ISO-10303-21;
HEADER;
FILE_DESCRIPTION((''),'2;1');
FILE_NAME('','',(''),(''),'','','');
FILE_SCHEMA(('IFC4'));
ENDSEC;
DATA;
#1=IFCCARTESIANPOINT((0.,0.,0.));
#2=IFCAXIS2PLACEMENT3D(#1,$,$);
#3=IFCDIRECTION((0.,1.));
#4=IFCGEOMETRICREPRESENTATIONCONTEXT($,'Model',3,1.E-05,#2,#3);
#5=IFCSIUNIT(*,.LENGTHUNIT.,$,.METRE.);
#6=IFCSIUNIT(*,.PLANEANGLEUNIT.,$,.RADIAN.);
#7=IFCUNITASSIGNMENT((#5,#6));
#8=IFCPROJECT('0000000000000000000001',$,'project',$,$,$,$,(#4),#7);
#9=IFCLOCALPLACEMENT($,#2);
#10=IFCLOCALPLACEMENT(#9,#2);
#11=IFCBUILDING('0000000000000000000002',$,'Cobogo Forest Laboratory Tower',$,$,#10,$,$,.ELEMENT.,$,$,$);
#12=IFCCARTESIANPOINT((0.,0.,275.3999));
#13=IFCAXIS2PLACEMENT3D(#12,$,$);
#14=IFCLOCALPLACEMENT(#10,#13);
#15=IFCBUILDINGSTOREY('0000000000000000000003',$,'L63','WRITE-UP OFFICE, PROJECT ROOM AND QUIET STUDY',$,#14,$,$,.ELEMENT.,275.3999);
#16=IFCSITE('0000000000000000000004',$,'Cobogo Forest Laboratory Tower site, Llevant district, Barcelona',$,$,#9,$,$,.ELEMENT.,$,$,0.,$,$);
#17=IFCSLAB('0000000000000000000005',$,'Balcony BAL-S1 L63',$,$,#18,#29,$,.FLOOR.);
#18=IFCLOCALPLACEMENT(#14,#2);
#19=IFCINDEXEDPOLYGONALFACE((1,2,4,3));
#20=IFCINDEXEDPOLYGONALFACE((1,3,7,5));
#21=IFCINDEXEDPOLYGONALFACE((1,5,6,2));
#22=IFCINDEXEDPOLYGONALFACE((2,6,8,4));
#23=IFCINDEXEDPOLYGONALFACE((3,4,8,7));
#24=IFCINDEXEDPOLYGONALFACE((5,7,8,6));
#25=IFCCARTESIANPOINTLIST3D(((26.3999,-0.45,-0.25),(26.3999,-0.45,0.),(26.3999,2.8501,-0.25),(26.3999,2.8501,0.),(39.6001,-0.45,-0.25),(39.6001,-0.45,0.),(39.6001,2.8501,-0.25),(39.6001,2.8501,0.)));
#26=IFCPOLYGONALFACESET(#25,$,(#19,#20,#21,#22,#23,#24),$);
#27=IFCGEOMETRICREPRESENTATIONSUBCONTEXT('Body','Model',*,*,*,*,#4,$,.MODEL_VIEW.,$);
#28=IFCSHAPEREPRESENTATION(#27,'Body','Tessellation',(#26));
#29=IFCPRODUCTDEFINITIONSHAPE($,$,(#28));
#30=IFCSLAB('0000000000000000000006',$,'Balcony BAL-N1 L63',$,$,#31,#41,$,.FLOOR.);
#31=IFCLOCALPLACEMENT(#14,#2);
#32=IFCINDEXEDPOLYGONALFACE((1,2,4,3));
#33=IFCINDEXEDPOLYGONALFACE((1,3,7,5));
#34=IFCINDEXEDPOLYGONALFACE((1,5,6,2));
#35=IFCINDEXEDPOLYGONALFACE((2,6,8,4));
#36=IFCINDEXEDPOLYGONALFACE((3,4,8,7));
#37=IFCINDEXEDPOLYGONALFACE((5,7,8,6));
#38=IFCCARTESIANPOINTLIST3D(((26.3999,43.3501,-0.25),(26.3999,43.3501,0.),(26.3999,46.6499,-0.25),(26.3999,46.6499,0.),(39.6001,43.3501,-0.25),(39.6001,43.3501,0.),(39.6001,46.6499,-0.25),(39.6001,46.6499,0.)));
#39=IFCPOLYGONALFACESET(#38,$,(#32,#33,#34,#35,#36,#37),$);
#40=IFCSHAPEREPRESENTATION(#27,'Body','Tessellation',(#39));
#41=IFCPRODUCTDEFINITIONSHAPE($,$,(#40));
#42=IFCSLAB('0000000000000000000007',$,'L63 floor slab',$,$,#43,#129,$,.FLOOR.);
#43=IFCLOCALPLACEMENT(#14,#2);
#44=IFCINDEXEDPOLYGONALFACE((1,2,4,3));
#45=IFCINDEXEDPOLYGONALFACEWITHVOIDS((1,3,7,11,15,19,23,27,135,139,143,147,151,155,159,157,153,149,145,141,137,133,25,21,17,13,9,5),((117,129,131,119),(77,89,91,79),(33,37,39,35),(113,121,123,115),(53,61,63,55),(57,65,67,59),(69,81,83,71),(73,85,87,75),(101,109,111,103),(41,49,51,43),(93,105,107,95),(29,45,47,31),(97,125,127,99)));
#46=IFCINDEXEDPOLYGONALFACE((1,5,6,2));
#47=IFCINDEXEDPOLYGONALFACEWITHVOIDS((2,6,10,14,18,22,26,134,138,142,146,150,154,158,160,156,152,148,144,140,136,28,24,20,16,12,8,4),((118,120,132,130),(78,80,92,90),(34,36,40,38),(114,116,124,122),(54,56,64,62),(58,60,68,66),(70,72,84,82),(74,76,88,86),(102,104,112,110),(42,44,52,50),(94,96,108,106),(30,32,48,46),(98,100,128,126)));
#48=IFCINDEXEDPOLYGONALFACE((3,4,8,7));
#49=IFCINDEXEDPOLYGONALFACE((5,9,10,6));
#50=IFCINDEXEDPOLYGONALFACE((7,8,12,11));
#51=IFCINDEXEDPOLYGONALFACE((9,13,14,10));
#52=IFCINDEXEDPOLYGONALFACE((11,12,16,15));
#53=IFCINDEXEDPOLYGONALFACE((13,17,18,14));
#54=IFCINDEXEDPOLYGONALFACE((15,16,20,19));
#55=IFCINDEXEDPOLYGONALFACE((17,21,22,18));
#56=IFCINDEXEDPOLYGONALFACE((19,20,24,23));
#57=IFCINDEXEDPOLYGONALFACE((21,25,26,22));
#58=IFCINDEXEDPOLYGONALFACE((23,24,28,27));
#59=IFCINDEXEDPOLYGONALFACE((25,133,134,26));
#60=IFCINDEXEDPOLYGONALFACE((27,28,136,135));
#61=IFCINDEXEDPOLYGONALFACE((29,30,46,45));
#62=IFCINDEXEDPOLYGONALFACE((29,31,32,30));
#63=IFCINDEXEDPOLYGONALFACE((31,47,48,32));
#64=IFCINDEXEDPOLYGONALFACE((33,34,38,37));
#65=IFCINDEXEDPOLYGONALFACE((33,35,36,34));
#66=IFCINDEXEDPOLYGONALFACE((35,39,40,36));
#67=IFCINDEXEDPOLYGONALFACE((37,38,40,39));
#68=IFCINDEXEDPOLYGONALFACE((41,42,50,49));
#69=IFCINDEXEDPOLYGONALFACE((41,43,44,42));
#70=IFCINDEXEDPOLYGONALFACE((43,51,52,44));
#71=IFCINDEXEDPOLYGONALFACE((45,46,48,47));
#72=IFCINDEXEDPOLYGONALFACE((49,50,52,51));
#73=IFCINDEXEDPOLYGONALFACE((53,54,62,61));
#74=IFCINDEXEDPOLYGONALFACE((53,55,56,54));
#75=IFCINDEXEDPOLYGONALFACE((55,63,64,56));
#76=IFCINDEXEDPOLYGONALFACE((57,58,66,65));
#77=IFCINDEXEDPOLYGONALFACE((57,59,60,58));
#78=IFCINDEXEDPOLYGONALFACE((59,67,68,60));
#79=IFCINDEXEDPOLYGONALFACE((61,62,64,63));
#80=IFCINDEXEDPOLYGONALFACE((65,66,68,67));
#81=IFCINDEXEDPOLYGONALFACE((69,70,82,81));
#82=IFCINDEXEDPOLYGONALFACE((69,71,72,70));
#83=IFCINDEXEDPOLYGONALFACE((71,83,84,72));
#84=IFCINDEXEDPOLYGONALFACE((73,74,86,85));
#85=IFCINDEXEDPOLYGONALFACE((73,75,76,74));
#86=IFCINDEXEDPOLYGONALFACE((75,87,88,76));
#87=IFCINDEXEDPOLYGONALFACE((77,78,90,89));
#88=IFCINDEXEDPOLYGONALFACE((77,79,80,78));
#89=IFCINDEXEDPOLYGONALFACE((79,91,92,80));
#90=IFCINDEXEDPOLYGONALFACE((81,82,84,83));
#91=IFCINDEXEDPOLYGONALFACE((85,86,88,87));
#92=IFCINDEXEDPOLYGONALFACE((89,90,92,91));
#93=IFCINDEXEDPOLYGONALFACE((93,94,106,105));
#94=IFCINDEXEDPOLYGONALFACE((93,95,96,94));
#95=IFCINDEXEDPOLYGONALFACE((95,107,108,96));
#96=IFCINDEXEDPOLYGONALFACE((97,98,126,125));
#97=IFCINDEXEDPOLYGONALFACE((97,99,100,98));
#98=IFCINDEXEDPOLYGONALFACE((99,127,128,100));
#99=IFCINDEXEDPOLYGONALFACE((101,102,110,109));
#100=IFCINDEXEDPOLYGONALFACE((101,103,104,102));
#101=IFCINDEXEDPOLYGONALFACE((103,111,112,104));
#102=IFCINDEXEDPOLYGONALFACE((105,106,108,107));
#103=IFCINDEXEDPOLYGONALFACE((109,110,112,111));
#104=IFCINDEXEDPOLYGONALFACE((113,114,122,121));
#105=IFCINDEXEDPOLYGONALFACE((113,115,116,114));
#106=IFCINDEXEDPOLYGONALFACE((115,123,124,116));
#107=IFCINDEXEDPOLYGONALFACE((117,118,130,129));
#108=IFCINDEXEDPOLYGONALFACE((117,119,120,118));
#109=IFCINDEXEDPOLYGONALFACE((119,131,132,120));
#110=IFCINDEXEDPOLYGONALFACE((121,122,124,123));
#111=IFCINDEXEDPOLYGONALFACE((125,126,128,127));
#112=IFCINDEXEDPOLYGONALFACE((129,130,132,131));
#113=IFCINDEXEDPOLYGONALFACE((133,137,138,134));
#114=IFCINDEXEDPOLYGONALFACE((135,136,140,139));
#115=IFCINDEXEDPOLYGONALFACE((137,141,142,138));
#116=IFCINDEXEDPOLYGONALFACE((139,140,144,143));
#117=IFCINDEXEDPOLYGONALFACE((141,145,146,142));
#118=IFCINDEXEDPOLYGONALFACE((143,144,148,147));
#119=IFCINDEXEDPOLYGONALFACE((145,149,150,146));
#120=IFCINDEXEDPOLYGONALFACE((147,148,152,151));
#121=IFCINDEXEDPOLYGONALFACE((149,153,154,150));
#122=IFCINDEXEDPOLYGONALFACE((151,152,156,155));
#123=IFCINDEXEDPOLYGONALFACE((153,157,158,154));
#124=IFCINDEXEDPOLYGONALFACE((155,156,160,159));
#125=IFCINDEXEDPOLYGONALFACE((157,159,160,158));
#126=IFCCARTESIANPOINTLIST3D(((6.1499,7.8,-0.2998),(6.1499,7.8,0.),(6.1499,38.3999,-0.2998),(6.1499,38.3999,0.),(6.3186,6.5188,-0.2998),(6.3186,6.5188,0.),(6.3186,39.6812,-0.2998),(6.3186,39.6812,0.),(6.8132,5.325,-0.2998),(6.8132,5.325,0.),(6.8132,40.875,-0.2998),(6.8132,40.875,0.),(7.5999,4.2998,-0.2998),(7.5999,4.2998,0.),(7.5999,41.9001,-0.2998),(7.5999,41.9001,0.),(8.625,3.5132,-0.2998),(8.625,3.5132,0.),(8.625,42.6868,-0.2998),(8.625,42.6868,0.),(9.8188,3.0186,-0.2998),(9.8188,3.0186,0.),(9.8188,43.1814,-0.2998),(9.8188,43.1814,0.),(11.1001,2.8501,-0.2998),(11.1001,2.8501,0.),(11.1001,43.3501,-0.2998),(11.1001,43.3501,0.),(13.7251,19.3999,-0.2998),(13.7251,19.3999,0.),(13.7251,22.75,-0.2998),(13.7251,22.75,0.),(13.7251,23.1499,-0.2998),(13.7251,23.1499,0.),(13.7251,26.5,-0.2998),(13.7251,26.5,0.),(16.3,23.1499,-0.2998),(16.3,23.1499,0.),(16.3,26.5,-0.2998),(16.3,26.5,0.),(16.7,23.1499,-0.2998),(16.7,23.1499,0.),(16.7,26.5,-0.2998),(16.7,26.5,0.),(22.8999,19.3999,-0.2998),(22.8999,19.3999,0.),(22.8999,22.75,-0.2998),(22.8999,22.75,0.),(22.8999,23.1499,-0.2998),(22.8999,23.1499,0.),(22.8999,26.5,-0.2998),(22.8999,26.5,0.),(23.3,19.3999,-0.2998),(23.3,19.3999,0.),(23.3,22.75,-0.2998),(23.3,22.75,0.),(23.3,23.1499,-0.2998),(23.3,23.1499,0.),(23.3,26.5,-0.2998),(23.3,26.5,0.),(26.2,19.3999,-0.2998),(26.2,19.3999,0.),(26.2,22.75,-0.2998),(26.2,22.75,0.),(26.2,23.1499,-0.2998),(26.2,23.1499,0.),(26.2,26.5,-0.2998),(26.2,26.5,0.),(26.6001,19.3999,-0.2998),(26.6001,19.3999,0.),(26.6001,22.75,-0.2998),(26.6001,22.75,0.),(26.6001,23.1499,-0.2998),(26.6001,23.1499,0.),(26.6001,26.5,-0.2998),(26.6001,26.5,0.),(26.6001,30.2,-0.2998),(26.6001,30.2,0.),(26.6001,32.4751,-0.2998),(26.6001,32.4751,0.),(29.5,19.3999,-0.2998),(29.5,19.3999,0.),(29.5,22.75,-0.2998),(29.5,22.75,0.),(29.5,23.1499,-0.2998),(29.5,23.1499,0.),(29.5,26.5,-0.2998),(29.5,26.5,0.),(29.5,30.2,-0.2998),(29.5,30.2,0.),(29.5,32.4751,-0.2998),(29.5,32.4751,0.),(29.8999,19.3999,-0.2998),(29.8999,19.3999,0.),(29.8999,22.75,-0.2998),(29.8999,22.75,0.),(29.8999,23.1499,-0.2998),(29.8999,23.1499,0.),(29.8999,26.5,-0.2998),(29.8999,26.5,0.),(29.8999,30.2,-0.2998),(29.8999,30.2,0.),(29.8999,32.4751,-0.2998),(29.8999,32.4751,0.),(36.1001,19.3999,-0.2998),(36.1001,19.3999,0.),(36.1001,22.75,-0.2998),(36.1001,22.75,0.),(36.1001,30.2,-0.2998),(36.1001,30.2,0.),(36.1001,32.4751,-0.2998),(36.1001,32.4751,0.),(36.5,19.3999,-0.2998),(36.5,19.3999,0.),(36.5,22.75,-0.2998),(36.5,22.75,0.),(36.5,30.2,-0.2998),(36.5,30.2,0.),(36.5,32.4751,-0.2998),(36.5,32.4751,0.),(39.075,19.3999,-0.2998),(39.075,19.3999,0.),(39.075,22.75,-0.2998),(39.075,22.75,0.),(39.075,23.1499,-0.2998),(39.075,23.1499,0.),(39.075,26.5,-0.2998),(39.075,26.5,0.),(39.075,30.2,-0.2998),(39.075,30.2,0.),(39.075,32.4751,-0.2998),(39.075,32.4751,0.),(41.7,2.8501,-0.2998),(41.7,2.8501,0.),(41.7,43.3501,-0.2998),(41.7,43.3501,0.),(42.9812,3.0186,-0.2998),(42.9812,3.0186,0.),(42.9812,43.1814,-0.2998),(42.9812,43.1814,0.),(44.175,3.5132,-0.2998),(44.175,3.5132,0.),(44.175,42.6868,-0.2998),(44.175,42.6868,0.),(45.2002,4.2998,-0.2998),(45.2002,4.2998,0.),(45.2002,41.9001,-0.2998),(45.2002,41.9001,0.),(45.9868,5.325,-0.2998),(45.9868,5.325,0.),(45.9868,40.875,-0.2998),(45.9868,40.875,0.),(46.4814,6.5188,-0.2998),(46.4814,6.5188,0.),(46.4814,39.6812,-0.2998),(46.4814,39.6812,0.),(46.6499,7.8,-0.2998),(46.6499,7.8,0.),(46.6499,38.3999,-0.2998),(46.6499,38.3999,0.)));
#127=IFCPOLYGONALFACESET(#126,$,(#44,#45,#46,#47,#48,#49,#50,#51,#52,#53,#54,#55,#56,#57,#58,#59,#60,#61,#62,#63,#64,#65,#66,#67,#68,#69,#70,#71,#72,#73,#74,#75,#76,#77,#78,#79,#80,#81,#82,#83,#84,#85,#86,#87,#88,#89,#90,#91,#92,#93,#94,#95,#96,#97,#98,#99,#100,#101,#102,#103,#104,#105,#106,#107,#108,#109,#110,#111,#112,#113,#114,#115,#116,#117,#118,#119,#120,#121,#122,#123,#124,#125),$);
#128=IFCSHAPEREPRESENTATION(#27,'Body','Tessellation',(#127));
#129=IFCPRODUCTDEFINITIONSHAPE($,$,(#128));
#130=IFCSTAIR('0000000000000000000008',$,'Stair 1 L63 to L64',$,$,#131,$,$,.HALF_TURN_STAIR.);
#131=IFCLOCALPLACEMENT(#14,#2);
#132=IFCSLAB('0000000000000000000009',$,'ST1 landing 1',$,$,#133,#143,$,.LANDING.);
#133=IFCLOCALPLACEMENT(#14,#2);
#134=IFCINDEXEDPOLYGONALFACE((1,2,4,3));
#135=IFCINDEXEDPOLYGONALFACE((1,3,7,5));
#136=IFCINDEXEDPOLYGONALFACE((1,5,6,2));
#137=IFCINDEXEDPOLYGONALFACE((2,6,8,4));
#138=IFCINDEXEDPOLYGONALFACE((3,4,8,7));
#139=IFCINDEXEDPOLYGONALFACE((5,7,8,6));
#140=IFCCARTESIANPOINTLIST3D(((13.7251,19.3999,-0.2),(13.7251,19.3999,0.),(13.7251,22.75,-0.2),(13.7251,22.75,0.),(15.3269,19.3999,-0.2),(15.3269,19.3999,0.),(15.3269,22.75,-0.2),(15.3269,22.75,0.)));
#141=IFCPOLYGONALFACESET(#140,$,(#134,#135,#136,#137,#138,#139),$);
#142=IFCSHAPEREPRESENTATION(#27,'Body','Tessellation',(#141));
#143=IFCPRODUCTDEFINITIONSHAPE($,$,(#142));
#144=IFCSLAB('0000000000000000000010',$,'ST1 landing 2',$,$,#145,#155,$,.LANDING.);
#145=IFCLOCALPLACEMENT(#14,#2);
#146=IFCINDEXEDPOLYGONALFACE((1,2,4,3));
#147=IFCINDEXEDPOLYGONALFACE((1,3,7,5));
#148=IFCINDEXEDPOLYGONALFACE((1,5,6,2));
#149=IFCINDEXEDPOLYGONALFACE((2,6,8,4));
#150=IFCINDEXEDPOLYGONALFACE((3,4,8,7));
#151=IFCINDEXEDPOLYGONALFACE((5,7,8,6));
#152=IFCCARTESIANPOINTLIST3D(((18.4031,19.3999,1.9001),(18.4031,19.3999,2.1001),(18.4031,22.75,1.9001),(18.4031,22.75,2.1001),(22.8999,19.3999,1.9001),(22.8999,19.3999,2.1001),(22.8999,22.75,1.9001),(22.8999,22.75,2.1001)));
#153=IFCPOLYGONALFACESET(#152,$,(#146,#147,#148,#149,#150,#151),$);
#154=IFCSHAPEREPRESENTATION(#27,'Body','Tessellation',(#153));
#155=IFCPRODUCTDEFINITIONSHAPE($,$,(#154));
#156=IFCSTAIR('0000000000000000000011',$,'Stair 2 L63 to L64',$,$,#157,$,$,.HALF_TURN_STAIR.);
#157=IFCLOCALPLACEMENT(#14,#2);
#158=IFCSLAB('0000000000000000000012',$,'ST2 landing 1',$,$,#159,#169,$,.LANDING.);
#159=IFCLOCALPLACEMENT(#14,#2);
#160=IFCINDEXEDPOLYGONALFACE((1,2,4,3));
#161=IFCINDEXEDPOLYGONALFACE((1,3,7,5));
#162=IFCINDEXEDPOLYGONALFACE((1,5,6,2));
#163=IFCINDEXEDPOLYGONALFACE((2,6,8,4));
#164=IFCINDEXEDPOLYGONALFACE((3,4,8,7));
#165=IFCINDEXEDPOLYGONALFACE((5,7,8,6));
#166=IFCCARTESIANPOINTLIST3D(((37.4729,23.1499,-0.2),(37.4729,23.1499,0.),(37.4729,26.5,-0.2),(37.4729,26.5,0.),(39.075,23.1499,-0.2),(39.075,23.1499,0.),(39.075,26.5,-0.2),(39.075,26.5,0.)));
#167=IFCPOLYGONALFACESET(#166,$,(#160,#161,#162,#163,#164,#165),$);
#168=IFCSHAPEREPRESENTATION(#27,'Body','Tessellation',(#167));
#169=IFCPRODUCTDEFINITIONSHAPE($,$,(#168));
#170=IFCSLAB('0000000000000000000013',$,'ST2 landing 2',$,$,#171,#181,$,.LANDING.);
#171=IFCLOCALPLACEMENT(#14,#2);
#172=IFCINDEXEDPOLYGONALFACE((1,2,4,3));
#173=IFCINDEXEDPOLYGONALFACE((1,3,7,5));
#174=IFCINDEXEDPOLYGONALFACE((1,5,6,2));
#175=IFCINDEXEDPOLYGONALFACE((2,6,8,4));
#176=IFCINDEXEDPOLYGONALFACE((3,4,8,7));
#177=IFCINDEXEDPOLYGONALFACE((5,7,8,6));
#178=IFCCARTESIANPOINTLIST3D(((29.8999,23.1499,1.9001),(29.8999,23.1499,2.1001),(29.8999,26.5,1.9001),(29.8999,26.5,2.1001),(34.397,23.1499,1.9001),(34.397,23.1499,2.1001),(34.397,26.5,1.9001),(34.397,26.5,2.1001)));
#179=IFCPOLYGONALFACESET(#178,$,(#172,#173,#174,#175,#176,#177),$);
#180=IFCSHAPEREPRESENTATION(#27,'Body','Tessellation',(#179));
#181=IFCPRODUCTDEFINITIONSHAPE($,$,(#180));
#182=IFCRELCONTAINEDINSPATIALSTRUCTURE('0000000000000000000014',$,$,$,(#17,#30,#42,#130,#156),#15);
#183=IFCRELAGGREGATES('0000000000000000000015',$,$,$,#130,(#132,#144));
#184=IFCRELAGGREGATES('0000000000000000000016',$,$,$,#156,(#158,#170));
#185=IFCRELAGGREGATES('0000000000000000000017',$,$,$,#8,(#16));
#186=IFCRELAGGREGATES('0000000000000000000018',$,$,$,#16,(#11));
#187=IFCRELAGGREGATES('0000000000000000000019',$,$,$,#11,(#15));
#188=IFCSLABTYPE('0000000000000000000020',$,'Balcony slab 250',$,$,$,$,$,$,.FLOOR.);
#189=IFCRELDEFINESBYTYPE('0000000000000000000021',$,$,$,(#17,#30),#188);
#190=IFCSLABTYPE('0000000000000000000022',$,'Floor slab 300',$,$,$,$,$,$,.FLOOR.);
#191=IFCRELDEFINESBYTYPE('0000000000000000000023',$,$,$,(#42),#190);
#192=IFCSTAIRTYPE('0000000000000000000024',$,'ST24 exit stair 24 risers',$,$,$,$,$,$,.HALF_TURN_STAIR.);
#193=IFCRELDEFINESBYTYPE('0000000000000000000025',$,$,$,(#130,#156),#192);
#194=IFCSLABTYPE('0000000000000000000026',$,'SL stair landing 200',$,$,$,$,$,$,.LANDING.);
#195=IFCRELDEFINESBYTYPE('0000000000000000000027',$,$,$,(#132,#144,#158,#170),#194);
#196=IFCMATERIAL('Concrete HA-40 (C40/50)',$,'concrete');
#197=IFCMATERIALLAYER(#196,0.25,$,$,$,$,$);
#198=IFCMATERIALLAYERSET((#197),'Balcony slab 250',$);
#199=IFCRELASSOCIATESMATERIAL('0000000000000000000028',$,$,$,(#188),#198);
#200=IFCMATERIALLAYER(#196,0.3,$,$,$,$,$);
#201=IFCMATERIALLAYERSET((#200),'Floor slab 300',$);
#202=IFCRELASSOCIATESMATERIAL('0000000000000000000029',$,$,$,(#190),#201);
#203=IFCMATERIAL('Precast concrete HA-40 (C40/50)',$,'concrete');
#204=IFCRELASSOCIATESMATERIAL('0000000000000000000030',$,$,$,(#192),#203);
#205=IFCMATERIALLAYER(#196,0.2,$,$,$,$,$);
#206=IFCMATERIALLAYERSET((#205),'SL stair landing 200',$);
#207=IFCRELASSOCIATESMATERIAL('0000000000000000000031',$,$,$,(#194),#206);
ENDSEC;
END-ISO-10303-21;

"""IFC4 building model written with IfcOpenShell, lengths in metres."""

from ifc_helpers import new_model, si_unit, direction, frame, origin, place, context, subcontext, project, spatial, polyline, outline, extrude, material, layer, layer_set, type_object, element, aggregate, save


model = new_model("IFC4")

# Units and contexts
model_context = context("Model", 3, precision=1e-05, world=origin(), true_north=direction((0.0, 1.0)))
body_context = subcontext(model_context, "Body", "Model", "MODEL_VIEW")
ifc_project = project(units=[si_unit("LENGTHUNIT", "METRE"), si_unit("PLANEANGLEUNIT", "RADIAN")], contexts=[model_context])

# Site, building, storey
site_placement = place(None, origin())
site = spatial("IfcSite", under=ifc_project, at=site_placement, Name="Cobogo Forest Laboratory Tower site, Llevant district, Barcelona", CompositionType="ELEMENT", RefElevation=0.0)
building_placement = place(site_placement, origin())
building = spatial("IfcBuilding", under=site, at=building_placement, Name="Cobogo Forest Laboratory Tower", CompositionType="ELEMENT")
storey_placement = place(building_placement, frame((0.0, 0.0, 275.3999)))
storey = spatial("IfcBuildingStorey", under=building, at=storey_placement, Name="L63", Description="WRITE-UP OFFICE, PROJECT ROOM AND QUIET STUDY", CompositionType="ELEMENT", Elevation=275.3999)

# Slabs
ifc_material_1 = material(Name="Concrete HA-40 (C40/50)", Category="concrete")
ifc_layer_1 = layer(ifc_material_1, 0.25)
ifc_layer_set_1 = layer_set([ifc_layer_1], Name="Balcony slab 250")
slab_type_1 = type_object("IfcSlabType", Name="Balcony slab 250", PredefinedType="FLOOR", material=ifc_layer_set_1)
slab_1_placement = place(storey_placement, frame((0.0, 0.0, -0.25)))
element("IfcSlab", 1, at=slab_1_placement, inside=storey, type_object=slab_type_1, Name="Balcony BAL-S1 L63", PredefinedType="FLOOR", context=body_context, shape_type="SweptSolid", body=[
    extrude(outline(polyline([(26.3999, -0.45), (39.6001, -0.45), (39.6001, 2.8501), (26.3999, 2.8501), (26.3999, -0.45)])), origin(), (0.0, 0.0, 1.0), 0.25),
])
slab_2_placement = place(storey_placement, frame((0.0, 0.0, -0.25)))
element("IfcSlab", 2, at=slab_2_placement, inside=storey, type_object=slab_type_1, Name="Balcony BAL-N1 L63", PredefinedType="FLOOR", context=body_context, shape_type="SweptSolid", body=[
    extrude(outline(polyline([(26.3999, 43.3501), (39.6001, 43.3501), (39.6001, 46.6499), (26.3999, 46.6499), (26.3999, 43.3501)])), origin(), (0.0, 0.0, 1.0), 0.25),
])
ifc_layer_2 = layer(ifc_material_1, 0.3)
ifc_layer_set_2 = layer_set([ifc_layer_2], Name="Floor slab 300")
slab_type_2 = type_object("IfcSlabType", Name="Floor slab 300", PredefinedType="FLOOR", material=ifc_layer_set_2)
slab_3_placement = place(storey_placement, frame((0.0, 0.0, -0.2998)))
element("IfcSlab", 3, at=slab_3_placement, inside=storey, type_object=slab_type_2, Name="L63 floor slab", PredefinedType="FLOOR", context=body_context, shape_type="SweptSolid", body=[
    extrude(outline(polyline([(41.7, 2.8501), (42.9812, 3.0186), (44.175, 3.5132), (45.2002, 4.2998), (45.9868, 5.325), (46.4814, 6.5188), (46.6499, 7.8), (46.6499, 38.3999), (46.4814, 39.6812), (45.9868, 40.875), (45.2002, 41.9001), (44.175, 42.6868), (42.9812, 43.1814), (41.7, 43.3501), (11.1001, 43.3501), (9.8188, 43.1814), (8.625, 42.6868), (7.5999, 41.9001), (6.8132, 40.875), (6.3186, 39.6812), (6.1499, 38.3999), (6.1499, 7.8), (6.3186, 6.5188), (6.8132, 5.325), (7.5999, 4.2998), (8.625, 3.5132), (9.8188, 3.0186), (11.1001, 2.8501), (41.7, 2.8501)]), holes=[polyline([(22.8999, 19.3999), (13.7251, 19.3999), (13.7251, 22.75), (22.8999, 22.75), (22.8999, 19.3999)]), polyline([(26.2, 19.3999), (23.3, 19.3999), (23.3, 22.75), (26.2, 22.75), (26.2, 19.3999)]), polyline([(29.5, 19.3999), (26.6001, 19.3999), (26.6001, 22.75), (29.5, 22.75), (29.5, 19.3999)]), polyline([(36.1001, 22.75), (36.1001, 19.3999), (29.8999, 19.3999), (29.8999, 22.75), (36.1001, 22.75)]), polyline([(39.075, 19.3999), (36.5, 19.3999), (36.5, 22.75), (39.075, 22.75), (39.075, 19.3999)]), polyline([(16.3, 23.1499), (13.7251, 23.1499), (13.7251, 26.5), (16.3, 26.5), (16.3, 23.1499)]), polyline([(22.8999, 26.5), (22.8999, 23.1499), (16.7, 23.1499), (16.7, 26.5), (22.8999, 26.5)]), polyline([(26.2, 23.1499), (23.3, 23.1499), (23.3, 26.5), (26.2, 26.5), (26.2, 23.1499)]), polyline([(29.5, 23.1499), (26.6001, 23.1499), (26.6001, 26.5), (29.5, 26.5), (29.5, 23.1499)]), polyline([(39.075, 23.1499), (29.8999, 23.1499), (29.8999, 26.5), (39.075, 26.5), (39.075, 23.1499)]), polyline([(29.5, 30.2), (26.6001, 30.2), (26.6001, 32.4751), (29.5, 32.4751), (29.5, 30.2)]), polyline([(36.1001, 32.4751), (36.1001, 30.2), (29.8999, 30.2), (29.8999, 32.4751), (36.1001, 32.4751)]), polyline([(39.075, 30.2), (36.5, 30.2), (36.5, 32.4751), (39.075, 32.4751), (39.075, 30.2)])]), origin(), (0.0, 0.0, 1.0), 0.2998),
])

# Stairs, slabs
ifc_material_2 = material(Name="Precast concrete HA-40 (C40/50)", Category="concrete")
stair_type = type_object("IfcStairType", Name="ST24 exit stair 24 risers", PredefinedType="HALF_TURN_STAIR", material=ifc_material_2)
stair_1_placement = place(storey_placement, origin())
stair_1 = element("IfcStair", 4, at=stair_1_placement, inside=storey, type_object=stair_type, Name="Stair 1 L63 to L64", PredefinedType="HALF_TURN_STAIR")
ifc_layer_3 = layer(ifc_material_1, 0.2)
ifc_layer_set_3 = layer_set([ifc_layer_3], Name="SL stair landing 200")
slab_type_3 = type_object("IfcSlabType", Name="SL stair landing 200", PredefinedType="LANDING", material=ifc_layer_set_3)
slab_4_placement = place(storey_placement, frame((0.0, 0.0, -0.2)))
slab_4 = element("IfcSlab", 5, at=slab_4_placement, type_object=slab_type_3, Name="ST1 landing 1", PredefinedType="LANDING", context=body_context, shape_type="SweptSolid", body=[
    extrude(outline(polyline([(13.7251, 19.3999), (15.3269, 19.3999), (15.3269, 22.75), (13.7251, 22.75), (13.7251, 19.3999)])), origin(), (0.0, 0.0, 1.0), 0.2),
])
slab_5_placement = place(storey_placement, frame((0.0, 0.0, 1.9001)))
slab_5 = element("IfcSlab", 6, at=slab_5_placement, type_object=slab_type_3, Name="ST1 landing 2", PredefinedType="LANDING", context=body_context, shape_type="SweptSolid", body=[
    extrude(outline(polyline([(18.4031, 19.3999), (22.8999, 19.3999), (22.8999, 22.75), (18.4031, 22.75), (18.4031, 19.3999)])), origin(), (0.0, 0.0, 1.0), 0.2),
])
aggregate(stair_1, [slab_4, slab_5])
stair_2_placement = place(storey_placement, origin())
stair_2 = element("IfcStair", 7, at=stair_2_placement, inside=storey, type_object=stair_type, Name="Stair 2 L63 to L64", PredefinedType="HALF_TURN_STAIR")
slab_6_placement = place(storey_placement, frame((0.0, 0.0, -0.2)))
slab_6 = element("IfcSlab", 8, at=slab_6_placement, type_object=slab_type_3, Name="ST2 landing 1", PredefinedType="LANDING", context=body_context, shape_type="SweptSolid", body=[
    extrude(outline(polyline([(37.4729, 23.1499), (39.075, 23.1499), (39.075, 26.5), (37.4729, 26.5), (37.4729, 23.1499)])), origin(), (0.0, 0.0, 1.0), 0.2),
])
slab_7_placement = place(storey_placement, frame((0.0, 0.0, 1.9001)))
slab_7 = element("IfcSlab", 9, at=slab_7_placement, type_object=slab_type_3, Name="ST2 landing 2", PredefinedType="LANDING", context=body_context, shape_type="SweptSolid", body=[
    extrude(outline(polyline([(29.8999, 23.1499), (34.397, 23.1499), (34.397, 26.5), (29.8999, 26.5), (29.8999, 23.1499)])), origin(), (0.0, 0.0, 1.0), 0.2),
])
aggregate(stair_2, [slab_6, slab_7])

save(model, "model.ifc")
